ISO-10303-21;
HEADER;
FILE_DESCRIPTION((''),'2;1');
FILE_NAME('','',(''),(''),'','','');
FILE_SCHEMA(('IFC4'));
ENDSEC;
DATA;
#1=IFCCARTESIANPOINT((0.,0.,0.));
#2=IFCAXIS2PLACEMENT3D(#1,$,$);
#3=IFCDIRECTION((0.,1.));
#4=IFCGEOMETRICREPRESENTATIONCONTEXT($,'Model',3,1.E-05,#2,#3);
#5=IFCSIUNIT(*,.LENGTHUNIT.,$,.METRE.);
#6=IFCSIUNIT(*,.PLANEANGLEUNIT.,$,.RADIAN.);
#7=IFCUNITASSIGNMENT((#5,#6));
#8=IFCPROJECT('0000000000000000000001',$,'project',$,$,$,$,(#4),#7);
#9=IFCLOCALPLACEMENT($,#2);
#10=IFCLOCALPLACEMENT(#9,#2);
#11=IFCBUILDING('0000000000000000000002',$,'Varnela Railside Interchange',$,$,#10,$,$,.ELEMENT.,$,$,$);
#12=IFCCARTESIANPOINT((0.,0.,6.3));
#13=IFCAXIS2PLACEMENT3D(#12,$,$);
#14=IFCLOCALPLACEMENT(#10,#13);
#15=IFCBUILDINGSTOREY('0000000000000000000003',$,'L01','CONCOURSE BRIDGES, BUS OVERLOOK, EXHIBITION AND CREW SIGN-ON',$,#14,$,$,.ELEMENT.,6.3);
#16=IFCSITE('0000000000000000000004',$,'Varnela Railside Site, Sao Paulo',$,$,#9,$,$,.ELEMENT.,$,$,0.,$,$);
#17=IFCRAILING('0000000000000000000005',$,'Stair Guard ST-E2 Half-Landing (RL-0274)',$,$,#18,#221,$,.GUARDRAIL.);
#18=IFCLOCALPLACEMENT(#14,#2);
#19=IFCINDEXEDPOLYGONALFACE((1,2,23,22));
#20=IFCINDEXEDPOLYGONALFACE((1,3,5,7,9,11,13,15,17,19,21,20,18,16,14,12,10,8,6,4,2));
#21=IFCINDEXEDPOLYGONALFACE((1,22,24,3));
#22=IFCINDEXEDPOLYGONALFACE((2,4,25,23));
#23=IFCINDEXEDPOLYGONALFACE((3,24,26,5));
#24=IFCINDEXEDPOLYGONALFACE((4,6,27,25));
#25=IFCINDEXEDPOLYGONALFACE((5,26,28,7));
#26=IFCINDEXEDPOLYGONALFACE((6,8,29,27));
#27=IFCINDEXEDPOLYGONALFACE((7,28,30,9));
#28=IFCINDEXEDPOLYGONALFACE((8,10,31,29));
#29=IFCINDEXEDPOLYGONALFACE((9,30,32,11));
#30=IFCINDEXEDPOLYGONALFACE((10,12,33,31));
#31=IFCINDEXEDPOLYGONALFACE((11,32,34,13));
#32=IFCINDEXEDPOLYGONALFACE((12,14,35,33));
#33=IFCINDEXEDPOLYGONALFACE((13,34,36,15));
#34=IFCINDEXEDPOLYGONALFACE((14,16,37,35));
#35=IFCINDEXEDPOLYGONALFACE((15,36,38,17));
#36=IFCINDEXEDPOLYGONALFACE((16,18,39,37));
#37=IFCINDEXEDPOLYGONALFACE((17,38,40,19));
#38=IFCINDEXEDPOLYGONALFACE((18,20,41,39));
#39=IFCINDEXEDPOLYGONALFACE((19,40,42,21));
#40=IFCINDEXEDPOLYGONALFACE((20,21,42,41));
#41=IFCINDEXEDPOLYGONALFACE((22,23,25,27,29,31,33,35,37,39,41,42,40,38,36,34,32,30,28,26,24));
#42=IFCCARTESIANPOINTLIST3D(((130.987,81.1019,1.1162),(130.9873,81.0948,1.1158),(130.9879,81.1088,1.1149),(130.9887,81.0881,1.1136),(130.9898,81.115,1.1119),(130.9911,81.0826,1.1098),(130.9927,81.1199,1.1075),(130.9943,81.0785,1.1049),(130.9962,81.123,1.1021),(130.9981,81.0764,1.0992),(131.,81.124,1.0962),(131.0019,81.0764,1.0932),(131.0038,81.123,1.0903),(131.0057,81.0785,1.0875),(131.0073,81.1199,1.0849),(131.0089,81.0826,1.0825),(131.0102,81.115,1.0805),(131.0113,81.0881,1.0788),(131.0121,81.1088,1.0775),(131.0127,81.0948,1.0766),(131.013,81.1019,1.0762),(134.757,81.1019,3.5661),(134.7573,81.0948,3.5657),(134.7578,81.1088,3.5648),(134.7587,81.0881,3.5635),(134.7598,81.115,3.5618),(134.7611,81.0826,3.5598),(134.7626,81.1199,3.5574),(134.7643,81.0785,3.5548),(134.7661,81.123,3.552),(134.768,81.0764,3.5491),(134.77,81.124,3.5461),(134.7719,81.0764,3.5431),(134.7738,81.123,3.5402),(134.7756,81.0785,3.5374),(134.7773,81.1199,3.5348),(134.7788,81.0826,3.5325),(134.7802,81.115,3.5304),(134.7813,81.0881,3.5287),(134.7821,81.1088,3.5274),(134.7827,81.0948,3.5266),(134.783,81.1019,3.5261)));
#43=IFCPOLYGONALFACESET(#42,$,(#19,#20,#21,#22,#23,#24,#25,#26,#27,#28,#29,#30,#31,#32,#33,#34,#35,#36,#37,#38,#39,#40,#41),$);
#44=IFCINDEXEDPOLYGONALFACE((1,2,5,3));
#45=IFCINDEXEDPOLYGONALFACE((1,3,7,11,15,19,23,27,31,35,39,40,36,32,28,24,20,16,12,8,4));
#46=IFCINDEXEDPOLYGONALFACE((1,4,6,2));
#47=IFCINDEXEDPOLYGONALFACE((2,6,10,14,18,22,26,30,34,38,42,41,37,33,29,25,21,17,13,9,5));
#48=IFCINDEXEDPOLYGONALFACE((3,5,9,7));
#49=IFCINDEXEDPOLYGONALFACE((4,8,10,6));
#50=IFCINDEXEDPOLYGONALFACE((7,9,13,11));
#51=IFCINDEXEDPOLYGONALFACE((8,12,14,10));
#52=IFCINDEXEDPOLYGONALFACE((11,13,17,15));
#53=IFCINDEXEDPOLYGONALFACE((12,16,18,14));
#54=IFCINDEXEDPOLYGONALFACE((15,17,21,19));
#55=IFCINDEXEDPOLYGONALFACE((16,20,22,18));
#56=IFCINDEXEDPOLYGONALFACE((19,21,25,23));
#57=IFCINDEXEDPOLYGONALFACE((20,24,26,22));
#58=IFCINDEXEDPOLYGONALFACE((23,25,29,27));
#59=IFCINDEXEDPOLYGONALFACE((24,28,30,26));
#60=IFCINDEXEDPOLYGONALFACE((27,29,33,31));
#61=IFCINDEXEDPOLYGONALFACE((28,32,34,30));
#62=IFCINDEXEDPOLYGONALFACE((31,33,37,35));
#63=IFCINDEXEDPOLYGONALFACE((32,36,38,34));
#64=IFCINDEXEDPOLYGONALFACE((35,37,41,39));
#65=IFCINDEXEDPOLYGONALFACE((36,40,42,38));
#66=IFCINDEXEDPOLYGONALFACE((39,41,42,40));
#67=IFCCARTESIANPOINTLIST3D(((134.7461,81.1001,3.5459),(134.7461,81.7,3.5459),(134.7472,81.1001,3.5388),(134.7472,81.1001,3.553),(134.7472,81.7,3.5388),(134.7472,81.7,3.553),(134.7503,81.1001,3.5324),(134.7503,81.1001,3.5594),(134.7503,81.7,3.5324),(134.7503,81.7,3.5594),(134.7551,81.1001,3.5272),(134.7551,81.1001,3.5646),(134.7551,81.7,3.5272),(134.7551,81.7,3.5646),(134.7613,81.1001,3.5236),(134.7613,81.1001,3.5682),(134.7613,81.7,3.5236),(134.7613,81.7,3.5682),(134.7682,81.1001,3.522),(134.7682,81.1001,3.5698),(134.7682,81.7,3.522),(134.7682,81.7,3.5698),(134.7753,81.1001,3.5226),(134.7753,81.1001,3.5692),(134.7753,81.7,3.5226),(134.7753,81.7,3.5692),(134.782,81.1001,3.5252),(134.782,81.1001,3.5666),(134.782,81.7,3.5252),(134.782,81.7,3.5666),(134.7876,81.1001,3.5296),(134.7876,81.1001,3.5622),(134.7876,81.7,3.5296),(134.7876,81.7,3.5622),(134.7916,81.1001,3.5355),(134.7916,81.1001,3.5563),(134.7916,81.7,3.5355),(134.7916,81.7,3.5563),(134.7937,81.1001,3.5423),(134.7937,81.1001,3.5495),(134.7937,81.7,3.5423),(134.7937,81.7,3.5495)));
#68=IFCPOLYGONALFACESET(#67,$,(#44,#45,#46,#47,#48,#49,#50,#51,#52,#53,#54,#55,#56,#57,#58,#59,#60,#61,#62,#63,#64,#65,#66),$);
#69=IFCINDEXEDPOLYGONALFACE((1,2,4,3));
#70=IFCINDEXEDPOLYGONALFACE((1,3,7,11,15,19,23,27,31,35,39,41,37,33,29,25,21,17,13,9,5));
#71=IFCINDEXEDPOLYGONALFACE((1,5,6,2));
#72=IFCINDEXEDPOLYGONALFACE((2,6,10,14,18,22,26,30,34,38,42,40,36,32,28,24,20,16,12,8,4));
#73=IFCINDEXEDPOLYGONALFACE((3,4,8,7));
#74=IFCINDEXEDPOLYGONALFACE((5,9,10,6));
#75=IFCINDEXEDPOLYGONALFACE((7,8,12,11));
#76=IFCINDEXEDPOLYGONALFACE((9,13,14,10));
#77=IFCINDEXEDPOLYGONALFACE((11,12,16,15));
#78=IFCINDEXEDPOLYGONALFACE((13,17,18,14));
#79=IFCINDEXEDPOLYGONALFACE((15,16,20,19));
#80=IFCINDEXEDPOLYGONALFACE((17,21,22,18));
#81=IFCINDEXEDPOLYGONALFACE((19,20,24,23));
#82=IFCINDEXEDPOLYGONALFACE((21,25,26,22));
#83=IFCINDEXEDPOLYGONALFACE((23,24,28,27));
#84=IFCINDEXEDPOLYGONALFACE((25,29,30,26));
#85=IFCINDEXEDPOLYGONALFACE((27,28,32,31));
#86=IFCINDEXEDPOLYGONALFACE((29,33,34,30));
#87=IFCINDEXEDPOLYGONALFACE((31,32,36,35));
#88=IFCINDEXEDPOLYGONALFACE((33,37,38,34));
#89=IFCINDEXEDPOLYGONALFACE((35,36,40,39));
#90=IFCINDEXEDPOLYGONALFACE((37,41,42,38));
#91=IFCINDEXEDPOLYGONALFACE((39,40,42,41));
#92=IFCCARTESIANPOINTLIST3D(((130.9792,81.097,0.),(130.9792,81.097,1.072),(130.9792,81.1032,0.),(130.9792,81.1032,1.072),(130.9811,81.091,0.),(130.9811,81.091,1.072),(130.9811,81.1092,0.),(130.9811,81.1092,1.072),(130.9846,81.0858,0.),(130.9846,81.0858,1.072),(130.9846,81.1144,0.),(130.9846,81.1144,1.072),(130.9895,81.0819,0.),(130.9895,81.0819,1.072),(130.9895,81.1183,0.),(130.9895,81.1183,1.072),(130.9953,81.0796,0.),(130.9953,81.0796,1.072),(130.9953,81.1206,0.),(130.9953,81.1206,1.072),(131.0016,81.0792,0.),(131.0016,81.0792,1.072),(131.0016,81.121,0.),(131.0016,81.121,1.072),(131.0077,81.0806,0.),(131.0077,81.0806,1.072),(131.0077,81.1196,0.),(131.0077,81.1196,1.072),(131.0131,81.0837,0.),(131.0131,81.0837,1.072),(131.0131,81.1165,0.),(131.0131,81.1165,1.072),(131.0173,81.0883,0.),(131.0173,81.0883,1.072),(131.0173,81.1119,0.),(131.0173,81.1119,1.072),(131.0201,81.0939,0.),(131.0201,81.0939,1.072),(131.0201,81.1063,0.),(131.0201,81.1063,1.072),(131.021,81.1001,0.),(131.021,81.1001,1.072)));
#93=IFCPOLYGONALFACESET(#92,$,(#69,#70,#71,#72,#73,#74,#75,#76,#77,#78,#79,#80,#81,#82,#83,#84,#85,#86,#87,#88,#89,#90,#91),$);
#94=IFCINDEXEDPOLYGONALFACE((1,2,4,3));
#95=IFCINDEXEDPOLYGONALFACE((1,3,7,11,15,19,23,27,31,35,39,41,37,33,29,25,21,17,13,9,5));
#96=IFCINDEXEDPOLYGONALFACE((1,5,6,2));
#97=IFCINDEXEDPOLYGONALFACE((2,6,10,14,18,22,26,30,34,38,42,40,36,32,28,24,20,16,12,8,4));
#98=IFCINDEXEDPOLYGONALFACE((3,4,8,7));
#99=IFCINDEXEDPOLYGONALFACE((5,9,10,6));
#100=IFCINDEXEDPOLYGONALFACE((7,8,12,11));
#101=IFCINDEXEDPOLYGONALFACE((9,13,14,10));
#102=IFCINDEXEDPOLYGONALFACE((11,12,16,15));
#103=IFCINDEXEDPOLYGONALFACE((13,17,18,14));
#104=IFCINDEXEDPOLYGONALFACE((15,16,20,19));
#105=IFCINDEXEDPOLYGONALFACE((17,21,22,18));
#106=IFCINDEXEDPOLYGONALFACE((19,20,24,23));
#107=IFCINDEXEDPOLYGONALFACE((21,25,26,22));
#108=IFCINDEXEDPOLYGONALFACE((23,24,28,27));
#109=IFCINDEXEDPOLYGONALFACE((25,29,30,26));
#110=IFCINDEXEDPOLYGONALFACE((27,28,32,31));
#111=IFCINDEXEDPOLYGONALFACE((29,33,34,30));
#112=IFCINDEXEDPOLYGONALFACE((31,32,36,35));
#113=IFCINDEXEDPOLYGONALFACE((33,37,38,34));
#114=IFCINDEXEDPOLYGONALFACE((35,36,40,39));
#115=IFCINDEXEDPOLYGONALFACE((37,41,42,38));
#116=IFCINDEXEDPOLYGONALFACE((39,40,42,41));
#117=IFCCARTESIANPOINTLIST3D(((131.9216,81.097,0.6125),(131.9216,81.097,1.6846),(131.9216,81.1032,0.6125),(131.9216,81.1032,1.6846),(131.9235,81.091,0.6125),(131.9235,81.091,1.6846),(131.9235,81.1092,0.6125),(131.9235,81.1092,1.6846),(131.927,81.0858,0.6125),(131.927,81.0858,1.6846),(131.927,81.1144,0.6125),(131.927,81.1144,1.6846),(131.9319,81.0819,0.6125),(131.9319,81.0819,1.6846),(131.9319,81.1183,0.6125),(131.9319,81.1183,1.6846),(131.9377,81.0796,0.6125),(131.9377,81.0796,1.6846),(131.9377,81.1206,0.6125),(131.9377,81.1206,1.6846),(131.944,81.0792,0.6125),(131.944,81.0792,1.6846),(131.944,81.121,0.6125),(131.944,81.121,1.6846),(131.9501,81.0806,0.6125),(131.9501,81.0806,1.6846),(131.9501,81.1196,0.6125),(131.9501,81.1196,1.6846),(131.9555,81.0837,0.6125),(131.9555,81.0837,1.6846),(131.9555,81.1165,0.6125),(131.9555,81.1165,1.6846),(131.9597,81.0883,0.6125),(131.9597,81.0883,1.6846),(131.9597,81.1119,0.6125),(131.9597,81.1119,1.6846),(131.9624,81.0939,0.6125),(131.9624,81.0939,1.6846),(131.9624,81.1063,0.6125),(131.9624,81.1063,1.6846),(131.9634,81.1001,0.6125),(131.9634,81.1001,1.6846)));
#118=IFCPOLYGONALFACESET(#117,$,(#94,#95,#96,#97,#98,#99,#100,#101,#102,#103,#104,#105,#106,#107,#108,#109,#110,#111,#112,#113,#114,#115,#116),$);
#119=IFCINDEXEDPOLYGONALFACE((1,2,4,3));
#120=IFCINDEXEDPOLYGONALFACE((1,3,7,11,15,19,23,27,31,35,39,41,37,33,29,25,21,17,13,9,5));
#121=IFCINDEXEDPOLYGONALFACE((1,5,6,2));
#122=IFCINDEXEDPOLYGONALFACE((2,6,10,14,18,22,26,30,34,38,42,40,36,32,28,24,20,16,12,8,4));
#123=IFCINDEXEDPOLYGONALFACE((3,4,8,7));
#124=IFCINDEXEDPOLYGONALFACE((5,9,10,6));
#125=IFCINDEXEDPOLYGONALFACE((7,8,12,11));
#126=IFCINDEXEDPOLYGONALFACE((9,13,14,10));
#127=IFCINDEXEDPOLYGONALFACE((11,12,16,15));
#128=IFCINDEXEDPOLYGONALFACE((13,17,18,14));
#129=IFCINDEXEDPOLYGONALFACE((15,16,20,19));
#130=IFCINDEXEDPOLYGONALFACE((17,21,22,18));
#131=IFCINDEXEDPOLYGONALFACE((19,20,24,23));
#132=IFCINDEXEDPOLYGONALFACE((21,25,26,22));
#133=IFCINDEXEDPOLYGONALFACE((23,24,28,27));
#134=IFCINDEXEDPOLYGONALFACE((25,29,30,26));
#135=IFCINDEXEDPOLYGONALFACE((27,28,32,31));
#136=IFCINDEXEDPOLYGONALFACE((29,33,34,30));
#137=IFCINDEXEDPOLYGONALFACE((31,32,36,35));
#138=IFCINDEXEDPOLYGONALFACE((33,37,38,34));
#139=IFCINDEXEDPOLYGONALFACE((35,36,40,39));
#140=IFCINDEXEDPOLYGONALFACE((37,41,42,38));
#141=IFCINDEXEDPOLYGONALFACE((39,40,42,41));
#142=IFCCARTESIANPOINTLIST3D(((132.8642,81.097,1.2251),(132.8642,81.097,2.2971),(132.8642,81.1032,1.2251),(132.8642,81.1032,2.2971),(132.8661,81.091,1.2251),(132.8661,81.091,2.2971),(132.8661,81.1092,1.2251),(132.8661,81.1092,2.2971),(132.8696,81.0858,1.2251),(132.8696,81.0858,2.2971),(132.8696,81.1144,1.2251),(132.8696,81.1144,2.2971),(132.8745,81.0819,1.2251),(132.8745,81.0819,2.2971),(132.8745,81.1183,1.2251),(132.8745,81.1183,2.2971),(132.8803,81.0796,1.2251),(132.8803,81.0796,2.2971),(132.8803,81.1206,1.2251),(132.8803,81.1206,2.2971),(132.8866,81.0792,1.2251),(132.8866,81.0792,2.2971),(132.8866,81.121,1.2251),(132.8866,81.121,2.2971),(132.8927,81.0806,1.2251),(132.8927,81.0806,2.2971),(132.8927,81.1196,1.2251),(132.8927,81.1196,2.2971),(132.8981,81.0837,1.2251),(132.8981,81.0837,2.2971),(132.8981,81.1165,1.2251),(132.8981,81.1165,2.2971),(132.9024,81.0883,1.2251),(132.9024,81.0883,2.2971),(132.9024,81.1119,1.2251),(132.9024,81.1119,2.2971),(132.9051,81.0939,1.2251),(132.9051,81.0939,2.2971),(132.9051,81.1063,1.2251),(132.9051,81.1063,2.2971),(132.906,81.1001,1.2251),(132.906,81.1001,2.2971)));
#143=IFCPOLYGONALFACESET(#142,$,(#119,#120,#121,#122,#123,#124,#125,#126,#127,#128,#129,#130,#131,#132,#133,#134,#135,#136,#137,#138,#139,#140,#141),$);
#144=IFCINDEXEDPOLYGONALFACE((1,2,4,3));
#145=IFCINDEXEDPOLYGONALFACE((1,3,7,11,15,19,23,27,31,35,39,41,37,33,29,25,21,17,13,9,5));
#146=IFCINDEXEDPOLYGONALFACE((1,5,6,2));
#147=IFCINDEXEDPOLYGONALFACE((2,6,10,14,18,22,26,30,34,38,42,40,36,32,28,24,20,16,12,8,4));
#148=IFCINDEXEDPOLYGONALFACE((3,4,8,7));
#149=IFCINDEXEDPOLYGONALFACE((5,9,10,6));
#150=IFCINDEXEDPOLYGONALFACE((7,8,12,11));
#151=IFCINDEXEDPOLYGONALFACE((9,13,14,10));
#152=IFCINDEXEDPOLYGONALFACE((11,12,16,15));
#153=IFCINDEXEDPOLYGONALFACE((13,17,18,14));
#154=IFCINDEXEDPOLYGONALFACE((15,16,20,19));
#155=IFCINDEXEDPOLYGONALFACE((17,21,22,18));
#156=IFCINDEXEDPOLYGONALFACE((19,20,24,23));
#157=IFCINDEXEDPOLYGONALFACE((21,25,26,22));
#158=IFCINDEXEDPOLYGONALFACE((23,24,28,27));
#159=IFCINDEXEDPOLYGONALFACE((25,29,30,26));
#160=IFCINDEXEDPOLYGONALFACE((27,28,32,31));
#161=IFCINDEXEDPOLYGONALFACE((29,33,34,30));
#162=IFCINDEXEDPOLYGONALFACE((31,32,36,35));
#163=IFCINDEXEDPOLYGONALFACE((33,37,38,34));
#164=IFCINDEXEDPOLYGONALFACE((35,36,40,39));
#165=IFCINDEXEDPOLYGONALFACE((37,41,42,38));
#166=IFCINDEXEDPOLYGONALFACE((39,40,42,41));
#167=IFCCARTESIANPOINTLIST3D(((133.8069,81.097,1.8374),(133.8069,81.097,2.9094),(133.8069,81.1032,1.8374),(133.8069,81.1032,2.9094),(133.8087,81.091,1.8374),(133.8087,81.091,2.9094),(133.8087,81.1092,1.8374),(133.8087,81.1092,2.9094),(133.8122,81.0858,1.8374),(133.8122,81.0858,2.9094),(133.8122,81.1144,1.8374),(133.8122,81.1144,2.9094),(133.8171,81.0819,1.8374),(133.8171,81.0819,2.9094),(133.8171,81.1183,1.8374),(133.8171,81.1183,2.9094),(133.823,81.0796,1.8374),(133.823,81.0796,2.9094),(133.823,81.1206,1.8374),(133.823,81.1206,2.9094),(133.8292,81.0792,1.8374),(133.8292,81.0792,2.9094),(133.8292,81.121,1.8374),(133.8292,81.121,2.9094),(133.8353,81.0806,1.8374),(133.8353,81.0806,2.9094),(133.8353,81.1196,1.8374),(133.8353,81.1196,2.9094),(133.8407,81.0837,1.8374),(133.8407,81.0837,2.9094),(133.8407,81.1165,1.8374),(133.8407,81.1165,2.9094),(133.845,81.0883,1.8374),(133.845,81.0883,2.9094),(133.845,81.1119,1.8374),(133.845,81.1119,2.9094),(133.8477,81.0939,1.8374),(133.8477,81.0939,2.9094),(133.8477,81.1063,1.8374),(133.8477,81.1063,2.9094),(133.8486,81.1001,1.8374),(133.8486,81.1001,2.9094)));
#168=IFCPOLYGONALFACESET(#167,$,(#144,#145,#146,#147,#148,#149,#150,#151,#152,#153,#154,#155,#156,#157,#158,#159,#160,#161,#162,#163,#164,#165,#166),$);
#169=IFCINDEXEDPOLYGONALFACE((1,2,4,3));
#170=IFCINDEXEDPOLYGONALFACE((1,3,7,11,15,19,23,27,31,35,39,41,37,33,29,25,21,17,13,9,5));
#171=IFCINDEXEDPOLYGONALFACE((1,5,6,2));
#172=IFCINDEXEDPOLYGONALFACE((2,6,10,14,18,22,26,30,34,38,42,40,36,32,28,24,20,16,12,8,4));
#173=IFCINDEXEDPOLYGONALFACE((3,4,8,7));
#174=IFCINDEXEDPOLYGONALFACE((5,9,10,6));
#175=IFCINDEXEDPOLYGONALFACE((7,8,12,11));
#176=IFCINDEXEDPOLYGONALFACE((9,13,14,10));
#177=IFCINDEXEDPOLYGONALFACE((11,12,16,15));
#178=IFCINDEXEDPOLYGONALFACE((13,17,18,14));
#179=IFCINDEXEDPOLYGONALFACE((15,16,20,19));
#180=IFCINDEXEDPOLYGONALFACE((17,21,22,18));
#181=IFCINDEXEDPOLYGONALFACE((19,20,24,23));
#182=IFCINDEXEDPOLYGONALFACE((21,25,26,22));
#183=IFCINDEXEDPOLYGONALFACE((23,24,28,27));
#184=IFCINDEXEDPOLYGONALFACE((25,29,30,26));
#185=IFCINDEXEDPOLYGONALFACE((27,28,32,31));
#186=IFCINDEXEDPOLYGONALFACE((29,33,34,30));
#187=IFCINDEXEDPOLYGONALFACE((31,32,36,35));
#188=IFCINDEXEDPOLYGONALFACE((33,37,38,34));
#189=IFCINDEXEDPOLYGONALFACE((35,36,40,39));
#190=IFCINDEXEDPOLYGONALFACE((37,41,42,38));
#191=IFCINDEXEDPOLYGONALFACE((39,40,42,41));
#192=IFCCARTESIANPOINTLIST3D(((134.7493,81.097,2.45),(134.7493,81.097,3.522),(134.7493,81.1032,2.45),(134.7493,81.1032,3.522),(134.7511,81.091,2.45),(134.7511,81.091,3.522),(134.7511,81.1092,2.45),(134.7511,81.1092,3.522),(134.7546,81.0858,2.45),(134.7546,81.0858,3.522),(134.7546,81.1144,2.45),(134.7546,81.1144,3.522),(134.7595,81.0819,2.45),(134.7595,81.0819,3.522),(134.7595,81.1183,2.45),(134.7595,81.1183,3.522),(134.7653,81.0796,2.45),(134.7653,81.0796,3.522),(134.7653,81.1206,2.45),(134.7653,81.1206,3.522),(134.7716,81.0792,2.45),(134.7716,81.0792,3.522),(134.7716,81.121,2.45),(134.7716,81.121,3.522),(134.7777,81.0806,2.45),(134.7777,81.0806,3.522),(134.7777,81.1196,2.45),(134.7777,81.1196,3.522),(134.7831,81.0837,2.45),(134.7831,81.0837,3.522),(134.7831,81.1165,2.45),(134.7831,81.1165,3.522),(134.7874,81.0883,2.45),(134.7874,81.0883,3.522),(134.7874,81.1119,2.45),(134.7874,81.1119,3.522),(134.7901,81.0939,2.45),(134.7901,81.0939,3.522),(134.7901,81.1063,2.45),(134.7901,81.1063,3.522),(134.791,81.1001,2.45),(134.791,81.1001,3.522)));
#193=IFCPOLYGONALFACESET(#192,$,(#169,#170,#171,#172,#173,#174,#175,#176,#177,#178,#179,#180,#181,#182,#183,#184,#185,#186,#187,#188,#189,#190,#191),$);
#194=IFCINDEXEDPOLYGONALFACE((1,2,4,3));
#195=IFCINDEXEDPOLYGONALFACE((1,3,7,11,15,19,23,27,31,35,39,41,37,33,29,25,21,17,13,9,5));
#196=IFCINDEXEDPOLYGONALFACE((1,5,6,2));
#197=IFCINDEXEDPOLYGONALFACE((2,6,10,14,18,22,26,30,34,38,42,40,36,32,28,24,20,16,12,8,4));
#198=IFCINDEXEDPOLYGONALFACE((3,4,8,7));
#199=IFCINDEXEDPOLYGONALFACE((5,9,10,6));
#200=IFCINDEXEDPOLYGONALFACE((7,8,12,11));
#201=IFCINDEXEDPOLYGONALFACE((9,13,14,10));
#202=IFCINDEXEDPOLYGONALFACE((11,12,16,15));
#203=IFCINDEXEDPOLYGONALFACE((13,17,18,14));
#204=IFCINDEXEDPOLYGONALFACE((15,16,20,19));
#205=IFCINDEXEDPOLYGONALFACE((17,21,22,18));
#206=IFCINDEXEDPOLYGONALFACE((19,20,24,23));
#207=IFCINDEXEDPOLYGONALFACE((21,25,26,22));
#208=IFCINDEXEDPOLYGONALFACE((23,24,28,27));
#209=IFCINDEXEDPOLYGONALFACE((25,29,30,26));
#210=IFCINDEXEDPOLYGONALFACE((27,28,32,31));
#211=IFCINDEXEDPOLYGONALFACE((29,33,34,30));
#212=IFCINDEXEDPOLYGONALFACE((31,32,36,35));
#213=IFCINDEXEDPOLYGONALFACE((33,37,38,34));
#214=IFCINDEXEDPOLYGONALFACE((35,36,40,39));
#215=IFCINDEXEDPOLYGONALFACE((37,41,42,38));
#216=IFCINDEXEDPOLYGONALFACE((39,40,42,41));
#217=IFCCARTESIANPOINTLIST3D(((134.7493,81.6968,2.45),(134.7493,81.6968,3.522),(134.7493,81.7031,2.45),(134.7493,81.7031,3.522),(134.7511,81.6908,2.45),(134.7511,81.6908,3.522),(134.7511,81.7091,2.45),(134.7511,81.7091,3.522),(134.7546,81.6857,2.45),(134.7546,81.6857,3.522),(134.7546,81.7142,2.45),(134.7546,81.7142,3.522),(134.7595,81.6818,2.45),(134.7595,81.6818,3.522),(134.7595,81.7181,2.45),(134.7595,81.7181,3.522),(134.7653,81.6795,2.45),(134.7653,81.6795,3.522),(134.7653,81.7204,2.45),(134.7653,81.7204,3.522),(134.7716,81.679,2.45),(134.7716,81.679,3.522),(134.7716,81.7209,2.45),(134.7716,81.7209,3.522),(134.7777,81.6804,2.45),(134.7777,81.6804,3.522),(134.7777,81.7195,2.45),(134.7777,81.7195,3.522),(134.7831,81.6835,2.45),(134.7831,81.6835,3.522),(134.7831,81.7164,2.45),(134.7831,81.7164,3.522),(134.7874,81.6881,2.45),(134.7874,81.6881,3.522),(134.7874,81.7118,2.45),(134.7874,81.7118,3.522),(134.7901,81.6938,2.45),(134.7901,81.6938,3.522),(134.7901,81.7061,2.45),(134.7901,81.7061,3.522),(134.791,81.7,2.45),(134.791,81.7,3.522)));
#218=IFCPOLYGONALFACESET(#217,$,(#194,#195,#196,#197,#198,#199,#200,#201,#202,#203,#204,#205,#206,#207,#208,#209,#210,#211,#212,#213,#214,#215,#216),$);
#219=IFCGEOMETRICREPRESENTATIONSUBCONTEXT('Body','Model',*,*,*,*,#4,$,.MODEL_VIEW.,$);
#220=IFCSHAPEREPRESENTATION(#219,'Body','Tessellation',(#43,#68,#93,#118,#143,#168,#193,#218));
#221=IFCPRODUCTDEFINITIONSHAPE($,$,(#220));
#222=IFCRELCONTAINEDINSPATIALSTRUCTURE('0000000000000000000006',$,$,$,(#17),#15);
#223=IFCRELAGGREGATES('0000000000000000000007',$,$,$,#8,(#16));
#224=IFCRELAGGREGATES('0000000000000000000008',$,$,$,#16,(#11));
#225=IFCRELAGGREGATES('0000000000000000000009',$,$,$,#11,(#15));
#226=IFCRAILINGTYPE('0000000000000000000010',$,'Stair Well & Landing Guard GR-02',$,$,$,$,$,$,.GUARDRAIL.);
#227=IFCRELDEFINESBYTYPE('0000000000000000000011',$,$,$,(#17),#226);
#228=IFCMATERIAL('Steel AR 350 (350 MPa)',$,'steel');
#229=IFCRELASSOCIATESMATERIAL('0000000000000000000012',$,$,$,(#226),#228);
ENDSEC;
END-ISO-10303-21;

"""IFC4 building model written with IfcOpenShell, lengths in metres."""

from ifc_helpers import new_model, si_unit, direction, frame, origin, origin_2d, place, context, subcontext, project, spatial, circle, extrude, material, type_object, element, save


model = new_model("IFC4")

# Units and contexts
model_context = context("Model", 3, precision=1e-05, world=origin(), true_north=direction((0.0, 1.0)))
body_context = subcontext(model_context, "Body", "Model", "MODEL_VIEW")
ifc_project = project(units=[si_unit("LENGTHUNIT", "METRE"), si_unit("PLANEANGLEUNIT", "RADIAN")], contexts=[model_context])

# Site, building, storey
site_placement = place(None, origin())
site = spatial("IfcSite", under=ifc_project, at=site_placement, Name="Varnela Railside Site, Sao Paulo", CompositionType="ELEMENT", RefElevation=0.0)
building_placement = place(site_placement, origin())
building = spatial("IfcBuilding", under=site, at=building_placement, Name="Varnela Railside Interchange", CompositionType="ELEMENT")
storey_placement = place(building_placement, frame((0.0, 0.0, 6.3)))
storey = spatial("IfcBuildingStorey", under=building, at=storey_placement, Name="L01", Description="CONCOURSE BRIDGES, BUS OVERLOOK, EXHIBITION AND CREW SIGN-ON", CompositionType="ELEMENT", Elevation=6.3)

# Shared definitions
ifc_material_1 = material(Name="Steel AR 350 (350 MPa)", Category="steel")

# Railing
railing_type_1 = type_object("IfcRailingType", Name="Stair Well & Landing Guard GR-02", PredefinedType="GUARDRAIL", material=ifc_material_1)
railing_1_placement = place(storey_placement, frame((131.0, 81.1001, 0.0)))
element("IfcRailing", 1, at=railing_1_placement, inside=storey, type_object=railing_type_1, Name="Stair Guard ST-E2 Half-Landing (RL-0274)", PredefinedType="GUARDRAIL", context=body_context, shape_type="SweptSolid", body=[
    extrude(circle(Radius=0.0239, at=origin_2d()), frame((0.0, 0.0, 1.0962), z_axis=(0.838501, 0.0, 0.544901), x_axis=(0.0, 1.0, 0.0)), (0.0, 0.0, 1.0), 4.4961),
    extrude(circle(Radius=0.0239, at=origin_2d()), frame((3.77, 0.0, 3.5459), z_axis=(0.0, 1.0, 0.0), x_axis=(-1.0, 0.0, 0.0)), (0.0, 0.0, 1.0), 0.5999),
    extrude(circle(Radius=0.021, at=origin_2d()), origin(), (0.0, 0.0, 1.0), 1.072),
    extrude(circle(Radius=0.021, at=origin_2d()), frame((0.9424, 0.0, 0.6125)), (0.0, 0.0, 1.0), 1.072),
    extrude(circle(Radius=0.021, at=origin_2d()), frame((1.885, 0.0, 1.2251)), (0.0, 0.0, 1.0), 1.072),
    extrude(circle(Radius=0.021, at=origin_2d()), frame((2.8276, 0.0, 1.8374)), (0.0, 0.0, 1.0), 1.072),
    extrude(circle(Radius=0.021, at=origin_2d()), frame((3.77, 0.0, 2.45)), (0.0, 0.0, 1.0), 1.072),
    extrude(circle(Radius=0.021, at=origin_2d()), frame((3.77, 0.5999, 2.45)), (0.0, 0.0, 1.0), 1.072),
])

save(model, "model.ifc")
